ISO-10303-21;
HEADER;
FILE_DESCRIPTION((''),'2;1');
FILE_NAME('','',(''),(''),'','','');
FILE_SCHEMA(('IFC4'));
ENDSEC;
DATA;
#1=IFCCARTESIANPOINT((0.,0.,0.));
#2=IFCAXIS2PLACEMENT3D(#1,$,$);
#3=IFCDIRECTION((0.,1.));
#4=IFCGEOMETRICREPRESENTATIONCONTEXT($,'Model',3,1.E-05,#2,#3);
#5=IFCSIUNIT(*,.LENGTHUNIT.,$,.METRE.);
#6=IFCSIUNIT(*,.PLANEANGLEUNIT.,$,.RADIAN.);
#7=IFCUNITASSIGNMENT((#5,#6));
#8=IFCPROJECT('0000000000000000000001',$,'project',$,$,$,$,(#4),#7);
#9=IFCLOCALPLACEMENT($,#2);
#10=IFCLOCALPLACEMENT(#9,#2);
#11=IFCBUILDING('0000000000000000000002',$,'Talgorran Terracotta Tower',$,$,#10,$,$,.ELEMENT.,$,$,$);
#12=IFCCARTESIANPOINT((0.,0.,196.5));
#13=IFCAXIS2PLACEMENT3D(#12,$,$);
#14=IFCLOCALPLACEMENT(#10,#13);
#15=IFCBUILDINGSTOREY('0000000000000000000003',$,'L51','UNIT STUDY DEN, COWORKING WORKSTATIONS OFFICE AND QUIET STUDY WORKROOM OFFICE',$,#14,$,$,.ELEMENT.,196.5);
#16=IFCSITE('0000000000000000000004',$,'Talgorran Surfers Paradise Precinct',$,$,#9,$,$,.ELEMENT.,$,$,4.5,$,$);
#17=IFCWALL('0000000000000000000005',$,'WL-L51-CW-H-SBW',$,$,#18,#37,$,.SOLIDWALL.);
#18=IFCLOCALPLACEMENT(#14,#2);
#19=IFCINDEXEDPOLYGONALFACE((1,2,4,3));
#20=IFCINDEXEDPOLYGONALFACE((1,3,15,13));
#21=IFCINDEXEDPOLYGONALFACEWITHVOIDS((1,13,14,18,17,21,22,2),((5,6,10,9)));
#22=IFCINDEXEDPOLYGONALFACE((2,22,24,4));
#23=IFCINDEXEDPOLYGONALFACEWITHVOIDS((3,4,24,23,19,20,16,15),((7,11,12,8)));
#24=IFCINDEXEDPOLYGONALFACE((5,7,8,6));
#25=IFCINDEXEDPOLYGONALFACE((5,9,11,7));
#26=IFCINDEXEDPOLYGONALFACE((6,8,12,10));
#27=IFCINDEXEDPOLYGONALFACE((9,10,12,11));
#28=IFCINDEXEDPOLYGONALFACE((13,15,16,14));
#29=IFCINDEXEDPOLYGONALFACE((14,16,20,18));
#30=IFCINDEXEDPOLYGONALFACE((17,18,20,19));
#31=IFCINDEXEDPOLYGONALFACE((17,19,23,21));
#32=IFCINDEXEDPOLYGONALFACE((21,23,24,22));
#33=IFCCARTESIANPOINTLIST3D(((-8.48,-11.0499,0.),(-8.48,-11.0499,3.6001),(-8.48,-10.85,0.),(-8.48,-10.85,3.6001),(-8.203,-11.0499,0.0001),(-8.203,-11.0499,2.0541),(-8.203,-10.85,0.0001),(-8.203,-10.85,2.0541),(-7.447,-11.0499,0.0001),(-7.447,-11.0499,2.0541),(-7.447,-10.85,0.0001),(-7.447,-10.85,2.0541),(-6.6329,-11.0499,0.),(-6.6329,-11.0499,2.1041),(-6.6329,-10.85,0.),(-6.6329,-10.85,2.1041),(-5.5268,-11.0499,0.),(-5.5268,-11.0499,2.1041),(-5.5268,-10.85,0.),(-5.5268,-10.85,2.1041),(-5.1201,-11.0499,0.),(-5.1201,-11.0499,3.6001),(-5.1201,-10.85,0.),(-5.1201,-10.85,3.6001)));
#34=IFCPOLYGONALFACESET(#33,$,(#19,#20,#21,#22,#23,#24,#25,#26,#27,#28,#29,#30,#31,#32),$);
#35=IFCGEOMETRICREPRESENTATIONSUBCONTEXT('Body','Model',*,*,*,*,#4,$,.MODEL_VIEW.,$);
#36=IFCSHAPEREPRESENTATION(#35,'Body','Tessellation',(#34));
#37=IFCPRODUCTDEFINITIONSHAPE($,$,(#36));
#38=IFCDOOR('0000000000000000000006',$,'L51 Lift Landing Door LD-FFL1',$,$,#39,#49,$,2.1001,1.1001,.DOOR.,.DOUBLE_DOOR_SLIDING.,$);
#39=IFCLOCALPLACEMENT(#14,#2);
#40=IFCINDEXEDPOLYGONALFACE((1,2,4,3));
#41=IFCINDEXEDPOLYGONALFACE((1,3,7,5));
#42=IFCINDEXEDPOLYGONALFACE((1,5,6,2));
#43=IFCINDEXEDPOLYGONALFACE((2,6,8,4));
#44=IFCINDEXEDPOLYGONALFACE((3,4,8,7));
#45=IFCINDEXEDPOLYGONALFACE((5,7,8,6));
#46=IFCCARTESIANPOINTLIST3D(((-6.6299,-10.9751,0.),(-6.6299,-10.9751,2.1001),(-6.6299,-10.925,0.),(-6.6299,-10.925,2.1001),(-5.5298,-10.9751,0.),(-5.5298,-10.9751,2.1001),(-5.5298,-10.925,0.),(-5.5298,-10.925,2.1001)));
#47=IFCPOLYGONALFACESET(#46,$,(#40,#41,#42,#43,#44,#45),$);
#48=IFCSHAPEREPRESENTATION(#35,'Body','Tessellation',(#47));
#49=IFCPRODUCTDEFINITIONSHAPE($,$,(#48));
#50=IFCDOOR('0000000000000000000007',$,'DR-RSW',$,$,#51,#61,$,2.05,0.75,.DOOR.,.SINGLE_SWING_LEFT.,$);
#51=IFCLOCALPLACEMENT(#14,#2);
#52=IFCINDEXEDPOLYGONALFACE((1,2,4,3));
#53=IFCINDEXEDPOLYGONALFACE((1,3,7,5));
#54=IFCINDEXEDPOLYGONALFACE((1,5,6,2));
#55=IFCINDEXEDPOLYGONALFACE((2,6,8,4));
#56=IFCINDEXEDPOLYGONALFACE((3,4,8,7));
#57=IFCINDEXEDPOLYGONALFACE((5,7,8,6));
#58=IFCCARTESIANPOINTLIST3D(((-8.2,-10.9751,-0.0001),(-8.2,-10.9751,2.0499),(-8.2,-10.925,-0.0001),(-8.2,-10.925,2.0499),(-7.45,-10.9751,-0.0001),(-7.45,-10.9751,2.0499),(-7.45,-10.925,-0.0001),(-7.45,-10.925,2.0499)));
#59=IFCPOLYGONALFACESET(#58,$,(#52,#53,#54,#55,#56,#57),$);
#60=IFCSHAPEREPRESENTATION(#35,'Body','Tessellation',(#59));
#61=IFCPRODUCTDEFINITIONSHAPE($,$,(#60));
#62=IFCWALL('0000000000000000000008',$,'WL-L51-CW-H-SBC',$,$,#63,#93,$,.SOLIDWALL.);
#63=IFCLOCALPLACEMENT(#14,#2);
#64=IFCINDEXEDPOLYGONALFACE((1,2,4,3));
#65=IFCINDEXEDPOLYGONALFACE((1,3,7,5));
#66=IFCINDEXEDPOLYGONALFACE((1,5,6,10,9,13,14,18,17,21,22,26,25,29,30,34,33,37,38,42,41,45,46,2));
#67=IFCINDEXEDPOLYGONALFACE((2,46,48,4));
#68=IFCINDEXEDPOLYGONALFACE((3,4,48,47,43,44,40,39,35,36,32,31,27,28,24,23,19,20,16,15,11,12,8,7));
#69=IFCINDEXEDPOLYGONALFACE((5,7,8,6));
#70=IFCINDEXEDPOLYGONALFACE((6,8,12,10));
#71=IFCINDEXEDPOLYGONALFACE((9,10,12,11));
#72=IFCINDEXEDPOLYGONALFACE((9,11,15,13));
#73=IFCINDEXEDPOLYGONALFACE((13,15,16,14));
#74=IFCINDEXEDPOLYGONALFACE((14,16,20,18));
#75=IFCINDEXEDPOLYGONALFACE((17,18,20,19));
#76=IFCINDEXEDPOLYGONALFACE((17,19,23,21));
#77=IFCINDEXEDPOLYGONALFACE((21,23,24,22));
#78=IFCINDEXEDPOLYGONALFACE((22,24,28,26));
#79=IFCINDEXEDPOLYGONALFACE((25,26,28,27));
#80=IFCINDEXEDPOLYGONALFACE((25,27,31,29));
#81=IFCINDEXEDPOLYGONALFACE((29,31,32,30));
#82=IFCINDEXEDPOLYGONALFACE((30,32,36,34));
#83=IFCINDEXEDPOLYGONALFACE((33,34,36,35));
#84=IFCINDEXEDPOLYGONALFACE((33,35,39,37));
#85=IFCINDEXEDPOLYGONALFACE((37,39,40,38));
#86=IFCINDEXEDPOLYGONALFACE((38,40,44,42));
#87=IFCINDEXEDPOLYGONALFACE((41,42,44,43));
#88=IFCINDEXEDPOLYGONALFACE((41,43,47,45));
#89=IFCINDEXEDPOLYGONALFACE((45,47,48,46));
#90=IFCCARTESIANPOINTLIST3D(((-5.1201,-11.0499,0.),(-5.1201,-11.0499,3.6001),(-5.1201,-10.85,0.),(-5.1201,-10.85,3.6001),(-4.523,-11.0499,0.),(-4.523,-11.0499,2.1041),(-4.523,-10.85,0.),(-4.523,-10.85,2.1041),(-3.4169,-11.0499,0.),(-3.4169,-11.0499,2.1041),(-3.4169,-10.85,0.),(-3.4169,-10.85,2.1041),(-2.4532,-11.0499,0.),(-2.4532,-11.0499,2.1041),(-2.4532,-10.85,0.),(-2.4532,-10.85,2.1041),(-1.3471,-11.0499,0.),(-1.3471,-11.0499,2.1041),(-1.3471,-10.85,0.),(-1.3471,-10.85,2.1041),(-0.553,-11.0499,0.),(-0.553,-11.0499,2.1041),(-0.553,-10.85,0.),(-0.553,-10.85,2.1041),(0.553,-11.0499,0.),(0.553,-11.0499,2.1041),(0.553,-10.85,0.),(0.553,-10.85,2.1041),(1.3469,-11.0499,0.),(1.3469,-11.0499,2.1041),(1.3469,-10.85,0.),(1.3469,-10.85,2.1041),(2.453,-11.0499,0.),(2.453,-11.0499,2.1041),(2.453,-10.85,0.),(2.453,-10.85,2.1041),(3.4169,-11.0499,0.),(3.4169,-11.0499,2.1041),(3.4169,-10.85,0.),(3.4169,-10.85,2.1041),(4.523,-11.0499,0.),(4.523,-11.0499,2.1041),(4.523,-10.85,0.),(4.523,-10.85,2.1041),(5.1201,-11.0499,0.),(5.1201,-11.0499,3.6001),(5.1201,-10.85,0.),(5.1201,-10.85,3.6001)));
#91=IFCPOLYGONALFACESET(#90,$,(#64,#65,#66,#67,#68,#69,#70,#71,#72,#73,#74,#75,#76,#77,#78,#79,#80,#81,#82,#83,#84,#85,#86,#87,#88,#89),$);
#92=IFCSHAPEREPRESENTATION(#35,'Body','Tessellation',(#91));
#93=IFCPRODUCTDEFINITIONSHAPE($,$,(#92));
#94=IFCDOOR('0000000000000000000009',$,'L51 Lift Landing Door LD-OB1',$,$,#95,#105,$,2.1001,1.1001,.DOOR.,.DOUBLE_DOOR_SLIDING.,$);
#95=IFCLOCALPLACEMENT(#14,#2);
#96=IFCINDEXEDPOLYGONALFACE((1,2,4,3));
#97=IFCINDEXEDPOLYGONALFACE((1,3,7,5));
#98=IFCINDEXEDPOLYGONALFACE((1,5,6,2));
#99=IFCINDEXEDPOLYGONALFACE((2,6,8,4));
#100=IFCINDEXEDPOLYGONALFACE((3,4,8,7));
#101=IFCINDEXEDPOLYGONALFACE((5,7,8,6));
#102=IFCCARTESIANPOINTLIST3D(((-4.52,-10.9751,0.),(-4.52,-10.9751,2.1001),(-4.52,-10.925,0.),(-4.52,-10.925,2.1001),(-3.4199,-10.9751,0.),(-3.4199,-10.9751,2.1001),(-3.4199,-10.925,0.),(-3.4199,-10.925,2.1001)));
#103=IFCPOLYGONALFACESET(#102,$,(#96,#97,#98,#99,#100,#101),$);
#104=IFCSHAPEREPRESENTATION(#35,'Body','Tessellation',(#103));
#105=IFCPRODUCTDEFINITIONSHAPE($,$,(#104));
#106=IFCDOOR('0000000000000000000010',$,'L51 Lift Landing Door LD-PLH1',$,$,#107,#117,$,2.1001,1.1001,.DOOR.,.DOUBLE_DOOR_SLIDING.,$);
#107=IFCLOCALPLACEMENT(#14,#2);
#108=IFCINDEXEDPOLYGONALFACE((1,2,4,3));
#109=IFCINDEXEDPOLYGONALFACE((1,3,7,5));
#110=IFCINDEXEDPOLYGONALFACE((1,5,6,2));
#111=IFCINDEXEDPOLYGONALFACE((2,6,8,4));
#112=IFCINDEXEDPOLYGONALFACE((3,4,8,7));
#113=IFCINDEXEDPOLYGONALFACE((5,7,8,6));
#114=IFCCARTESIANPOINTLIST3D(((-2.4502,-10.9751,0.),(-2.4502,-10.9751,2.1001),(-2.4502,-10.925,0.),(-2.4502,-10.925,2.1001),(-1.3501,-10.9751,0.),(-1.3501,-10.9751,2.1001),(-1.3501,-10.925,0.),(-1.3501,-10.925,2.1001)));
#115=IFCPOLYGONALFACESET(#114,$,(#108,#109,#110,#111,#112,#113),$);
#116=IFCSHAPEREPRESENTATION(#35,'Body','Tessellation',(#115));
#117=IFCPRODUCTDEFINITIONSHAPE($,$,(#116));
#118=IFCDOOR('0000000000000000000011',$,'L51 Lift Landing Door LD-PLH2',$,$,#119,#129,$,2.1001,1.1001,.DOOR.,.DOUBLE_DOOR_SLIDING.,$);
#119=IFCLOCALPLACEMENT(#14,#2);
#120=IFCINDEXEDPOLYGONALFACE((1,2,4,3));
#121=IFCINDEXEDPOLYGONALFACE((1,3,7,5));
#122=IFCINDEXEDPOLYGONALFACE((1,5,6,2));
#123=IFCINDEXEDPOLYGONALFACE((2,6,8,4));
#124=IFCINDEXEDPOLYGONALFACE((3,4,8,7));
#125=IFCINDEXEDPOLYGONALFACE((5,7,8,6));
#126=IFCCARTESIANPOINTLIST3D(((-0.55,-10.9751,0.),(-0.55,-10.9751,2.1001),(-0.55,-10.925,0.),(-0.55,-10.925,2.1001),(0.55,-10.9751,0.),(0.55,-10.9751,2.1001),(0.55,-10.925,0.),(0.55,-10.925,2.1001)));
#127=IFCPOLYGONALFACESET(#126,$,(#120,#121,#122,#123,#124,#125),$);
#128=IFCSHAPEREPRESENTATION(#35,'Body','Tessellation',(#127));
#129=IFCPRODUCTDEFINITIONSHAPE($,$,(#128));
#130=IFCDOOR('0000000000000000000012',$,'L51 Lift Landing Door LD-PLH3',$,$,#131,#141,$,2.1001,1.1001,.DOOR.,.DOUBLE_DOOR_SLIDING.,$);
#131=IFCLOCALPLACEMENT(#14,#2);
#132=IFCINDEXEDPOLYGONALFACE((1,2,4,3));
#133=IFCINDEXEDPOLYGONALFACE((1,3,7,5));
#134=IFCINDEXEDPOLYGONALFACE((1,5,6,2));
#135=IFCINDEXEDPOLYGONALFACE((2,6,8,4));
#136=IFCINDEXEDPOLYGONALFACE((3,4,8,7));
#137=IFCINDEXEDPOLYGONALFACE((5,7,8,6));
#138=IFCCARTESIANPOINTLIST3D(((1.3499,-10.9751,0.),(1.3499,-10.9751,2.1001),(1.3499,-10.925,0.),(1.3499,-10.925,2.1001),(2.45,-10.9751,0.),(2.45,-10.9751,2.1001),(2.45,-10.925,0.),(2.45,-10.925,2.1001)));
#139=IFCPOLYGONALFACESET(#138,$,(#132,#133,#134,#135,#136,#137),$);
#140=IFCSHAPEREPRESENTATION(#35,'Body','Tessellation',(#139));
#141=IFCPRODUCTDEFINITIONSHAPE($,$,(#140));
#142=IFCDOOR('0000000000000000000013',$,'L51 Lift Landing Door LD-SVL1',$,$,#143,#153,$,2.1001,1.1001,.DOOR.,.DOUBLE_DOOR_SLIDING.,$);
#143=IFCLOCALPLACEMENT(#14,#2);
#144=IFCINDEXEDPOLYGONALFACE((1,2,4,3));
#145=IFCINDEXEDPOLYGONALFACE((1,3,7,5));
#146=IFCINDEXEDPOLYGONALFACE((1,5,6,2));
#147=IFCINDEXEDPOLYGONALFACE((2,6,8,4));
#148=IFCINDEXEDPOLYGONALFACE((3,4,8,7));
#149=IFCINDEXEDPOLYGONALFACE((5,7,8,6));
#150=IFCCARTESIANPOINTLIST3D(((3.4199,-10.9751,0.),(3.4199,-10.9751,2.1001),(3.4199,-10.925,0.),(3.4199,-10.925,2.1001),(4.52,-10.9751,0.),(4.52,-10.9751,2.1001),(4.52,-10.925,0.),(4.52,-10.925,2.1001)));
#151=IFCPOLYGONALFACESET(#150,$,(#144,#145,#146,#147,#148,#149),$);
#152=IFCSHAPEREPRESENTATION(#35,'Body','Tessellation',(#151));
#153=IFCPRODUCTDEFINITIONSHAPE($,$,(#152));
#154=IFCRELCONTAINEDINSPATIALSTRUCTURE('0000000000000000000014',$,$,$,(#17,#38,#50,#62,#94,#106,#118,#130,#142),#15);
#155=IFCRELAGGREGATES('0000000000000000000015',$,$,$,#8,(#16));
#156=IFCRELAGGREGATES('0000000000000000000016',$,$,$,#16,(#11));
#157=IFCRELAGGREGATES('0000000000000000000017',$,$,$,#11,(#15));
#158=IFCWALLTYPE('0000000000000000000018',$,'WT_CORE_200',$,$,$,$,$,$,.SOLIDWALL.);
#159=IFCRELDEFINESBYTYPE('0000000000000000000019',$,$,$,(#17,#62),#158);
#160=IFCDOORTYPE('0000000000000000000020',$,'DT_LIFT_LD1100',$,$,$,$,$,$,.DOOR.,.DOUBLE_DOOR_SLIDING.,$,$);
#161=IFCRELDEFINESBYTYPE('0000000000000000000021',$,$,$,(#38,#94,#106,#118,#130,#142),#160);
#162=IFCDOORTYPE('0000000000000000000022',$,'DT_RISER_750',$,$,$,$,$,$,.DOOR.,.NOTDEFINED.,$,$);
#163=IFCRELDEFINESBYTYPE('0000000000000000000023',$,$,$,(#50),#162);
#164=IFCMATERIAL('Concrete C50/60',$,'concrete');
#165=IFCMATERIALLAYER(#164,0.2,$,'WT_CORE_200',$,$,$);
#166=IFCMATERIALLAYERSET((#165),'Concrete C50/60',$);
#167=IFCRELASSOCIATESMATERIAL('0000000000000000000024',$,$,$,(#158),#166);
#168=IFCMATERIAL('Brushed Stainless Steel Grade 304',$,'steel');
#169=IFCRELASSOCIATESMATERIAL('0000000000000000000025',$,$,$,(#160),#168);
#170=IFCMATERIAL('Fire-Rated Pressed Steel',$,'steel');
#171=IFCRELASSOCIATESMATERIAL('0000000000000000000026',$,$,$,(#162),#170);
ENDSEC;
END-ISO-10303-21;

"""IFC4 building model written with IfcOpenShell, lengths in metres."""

from ifc_helpers import new_model, si_unit, direction, frame, frame_2d, origin, place, context, subcontext, project, spatial, rectangle, extrude, material, layer, layer_set, type_object, element, fill, save


model = new_model("IFC4")

# Units and contexts
model_context = context("Model", 3, precision=1e-05, world=origin(), true_north=direction((0.0, 1.0)))
body_context = subcontext(model_context, "Body", "Model", "MODEL_VIEW")
ifc_project = project(units=[si_unit("LENGTHUNIT", "METRE"), si_unit("PLANEANGLEUNIT", "RADIAN")], contexts=[model_context])

# Site, building, storey
site_placement = place(None, origin())
site = spatial("IfcSite", under=ifc_project, at=site_placement, Name="Talgorran Surfers Paradise Precinct", CompositionType="ELEMENT", RefElevation=4.5)
building_placement = place(site_placement, origin())
building = spatial("IfcBuilding", under=site, at=building_placement, Name="Talgorran Terracotta Tower", CompositionType="ELEMENT")
storey_placement = place(building_placement, frame((0.0, 0.0, 196.5)))
storey = spatial("IfcBuildingStorey", under=building, at=storey_placement, Name="L51", Description="UNIT STUDY DEN, COWORKING WORKSTATIONS OFFICE AND QUIET STUDY WORKROOM OFFICE", CompositionType="ELEMENT", Elevation=196.5)

# Shared definitions
ifc_material_1 = material(Name="Concrete C50/60", Category="concrete")

# Walls, openings, doors
ifc_layer_1 = layer(ifc_material_1, 0.2, Name="WT_CORE_200")
ifc_layer_set_1 = layer_set([ifc_layer_1], Name="Concrete C50/60")
wall_type_1 = type_object("IfcWallType", Name="WT_CORE_200", PredefinedType="SOLIDWALL", material=ifc_layer_set_1)
wall_1_placement = place(storey_placement, frame((-8.48, -10.95, 0.0), z_axis=(0.0, 0.0, 1.0), x_axis=(1.0, 0.0, 0.0)))
wall_1 = element("IfcWall", 1, at=wall_1_placement, inside=storey, type_object=wall_type_1, Name="WL-L51-CW-H-SBW", PredefinedType="SOLIDWALL", context=body_context, shape_type="SweptSolid", body=[
    extrude(rectangle(XDim=3.3599, YDim=0.2, at=frame_2d((1.6799, 0.0))), origin(), (0.0, 0.0, 1.0), 3.6001),
])
opening_1_placement = place(wall_1_placement, frame((0.28, 0.0, 0.0)))
opening_1 = element("IfcOpeningElement", 2, at=opening_1_placement, cuts=wall_1, PredefinedType="OPENING", context=body_context, shape_type="SweptSolid", body=[
    extrude(rectangle(XDim=0.756, YDim=2.054, at=frame_2d((0.375, 1.0271))), frame((0.0, 0.1099, 0.0), z_axis=(0.0, -1.0, 0.0), x_axis=(1.0, 0.0, 0.0)), (0.0, 0.0, 1.0), 0.22),
])
opening_2_placement = place(wall_1_placement, frame((1.8501, 0.0, 0.0)))
opening_2 = element("IfcOpeningElement", 3, at=opening_2_placement, cuts=wall_1, PredefinedType="OPENING", context=body_context, shape_type="SweptSolid", body=[
    extrude(rectangle(XDim=1.1061, YDim=2.1041, at=frame_2d((0.55, 1.052))), frame((0.0, 0.1099, 0.0), z_axis=(0.0, -1.0, 0.0), x_axis=(1.0, 0.0, 0.0)), (0.0, 0.0, 1.0), 0.22),
])
ifc_material_2 = material(Name="Brushed Stainless Steel Grade 304", Category="steel")
door_type_1 = type_object("IfcDoorType", Name="DT_LIFT_LD1100", OperationType="DOUBLE_DOOR_SLIDING", PredefinedType="DOOR", material=ifc_material_2)
door_1_placement = place(opening_2_placement, origin())
door_1 = element("IfcDoor", 4, at=door_1_placement, inside=storey, type_object=door_type_1, Name="L51 Lift Landing Door LD-FFL1", OperationType="DOUBLE_DOOR_SLIDING", OverallHeight=2.1001, OverallWidth=1.1001, PredefinedType="DOOR", context=body_context, shape_type="SweptSolid", body=[
    extrude(rectangle(XDim=1.1001, YDim=2.1001, at=frame_2d((0.55, 1.05))), frame((0.0, 0.0249, 0.0), z_axis=(0.0, -1.0, 0.0), x_axis=(1.0, 0.0, 0.0)), (0.0, 0.0, 1.0), 0.05),
])
fill(opening_2, door_1)
ifc_material_3 = material(Name="Fire-Rated Pressed Steel", Category="steel")
door_type_2 = type_object("IfcDoorType", Name="DT_RISER_750", OperationType="NOTDEFINED", PredefinedType="DOOR", material=ifc_material_3)
door_2_placement = place(opening_1_placement, origin())
door_2 = element("IfcDoor", 5, at=door_2_placement, inside=storey, type_object=door_type_2, Name="DR-RSW", OperationType="SINGLE_SWING_LEFT", OverallHeight=2.05, OverallWidth=0.75, PredefinedType="DOOR", context=body_context, shape_type="SweptSolid", body=[
    extrude(rectangle(XDim=0.75, YDim=2.05, at=frame_2d((0.375, 1.0249))), frame((0.0, 0.0249, 0.0), z_axis=(0.0, -1.0, 0.0), x_axis=(1.0, 0.0, 0.0)), (0.0, 0.0, 1.0), 0.05),
])
fill(opening_1, door_2)
wall_2_placement = place(storey_placement, frame((-5.1201, -10.95, 0.0), z_axis=(0.0, 0.0, 1.0), x_axis=(1.0, 0.0, 0.0)))
wall_2 = element("IfcWall", 6, at=wall_2_placement, inside=storey, type_object=wall_type_1, Name="WL-L51-CW-H-SBC", PredefinedType="SOLIDWALL", context=body_context, shape_type="SweptSolid", body=[
    extrude(rectangle(XDim=10.2402, YDim=0.2, at=frame_2d((5.1201, 0.0))), origin(), (0.0, 0.0, 1.0), 3.6001),
])
opening_3_placement = place(wall_2_placement, frame((0.6001, 0.0, 0.0)))
opening_3 = element("IfcOpeningElement", 7, at=opening_3_placement, cuts=wall_2, PredefinedType="OPENING", context=body_context, shape_type="SweptSolid", body=[
    extrude(rectangle(XDim=1.1061, YDim=2.1041, at=frame_2d((0.55, 1.052))), frame((0.0, 0.1099, 0.0), z_axis=(0.0, -1.0, 0.0), x_axis=(1.0, 0.0, 0.0)), (0.0, 0.0, 1.0), 0.22),
])
opening_4_placement = place(wall_2_placement, frame((2.6699, 0.0, 0.0)))
opening_4 = element("IfcOpeningElement", 8, at=opening_4_placement, cuts=wall_2, PredefinedType="OPENING", context=body_context, shape_type="SweptSolid", body=[
    extrude(rectangle(XDim=1.1061, YDim=2.1041, at=frame_2d((0.55, 1.052))), frame((0.0, 0.1099, 0.0), z_axis=(0.0, -1.0, 0.0), x_axis=(1.0, 0.0, 0.0)), (0.0, 0.0, 1.0), 0.22),
])
opening_5_placement = place(wall_2_placement, frame((4.5701, 0.0, 0.0)))
opening_5 = element("IfcOpeningElement", 9, at=opening_5_placement, cuts=wall_2, PredefinedType="OPENING", context=body_context, shape_type="SweptSolid", body=[
    extrude(rectangle(XDim=1.1061, YDim=2.1041, at=frame_2d((0.55, 1.052))), frame((0.0, 0.1099, 0.0), z_axis=(0.0, -1.0, 0.0), x_axis=(1.0, 0.0, 0.0)), (0.0, 0.0, 1.0), 0.22),
])
opening_6_placement = place(wall_2_placement, frame((6.47, 0.0, 0.0)))
opening_6 = element("IfcOpeningElement", 10, at=opening_6_placement, cuts=wall_2, PredefinedType="OPENING", context=body_context, shape_type="SweptSolid", body=[
    extrude(rectangle(XDim=1.1061, YDim=2.1041, at=frame_2d((0.55, 1.052))), frame((0.0, 0.1099, 0.0), z_axis=(0.0, -1.0, 0.0), x_axis=(1.0, 0.0, 0.0)), (0.0, 0.0, 1.0), 0.22),
])
opening_7_placement = place(wall_2_placement, frame((8.54, 0.0, 0.0)))
opening_7 = element("IfcOpeningElement", 11, at=opening_7_placement, cuts=wall_2, PredefinedType="OPENING", context=body_context, shape_type="SweptSolid", body=[
    extrude(rectangle(XDim=1.1061, YDim=2.1041, at=frame_2d((0.55, 1.052))), frame((0.0, 0.1099, 0.0), z_axis=(0.0, -1.0, 0.0), x_axis=(1.0, 0.0, 0.0)), (0.0, 0.0, 1.0), 0.22),
])
door_3_placement = place(opening_3_placement, origin())
door_3 = element("IfcDoor", 12, at=door_3_placement, inside=storey, type_object=door_type_1, Name="L51 Lift Landing Door LD-OB1", OperationType="DOUBLE_DOOR_SLIDING", OverallHeight=2.1001, OverallWidth=1.1001, PredefinedType="DOOR", context=body_context, shape_type="SweptSolid", body=[
    extrude(rectangle(XDim=1.1001, YDim=2.1001, at=frame_2d((0.55, 1.05))), frame((0.0, 0.0249, 0.0), z_axis=(0.0, -1.0, 0.0), x_axis=(1.0, 0.0, 0.0)), (0.0, 0.0, 1.0), 0.05),
])
fill(opening_3, door_3)
door_4_placement = place(opening_4_placement, origin())
door_4 = element("IfcDoor", 13, at=door_4_placement, inside=storey, type_object=door_type_1, Name="L51 Lift Landing Door LD-PLH1", OperationType="DOUBLE_DOOR_SLIDING", OverallHeight=2.1001, OverallWidth=1.1001, PredefinedType="DOOR", context=body_context, shape_type="SweptSolid", body=[
    extrude(rectangle(XDim=1.1001, YDim=2.1001, at=frame_2d((0.55, 1.05))), frame((0.0, 0.0249, 0.0), z_axis=(0.0, -1.0, 0.0), x_axis=(1.0, 0.0, 0.0)), (0.0, 0.0, 1.0), 0.05),
])
fill(opening_4, door_4)
door_5_placement = place(opening_5_placement, origin())
door_5 = element("IfcDoor", 14, at=door_5_placement, inside=storey, type_object=door_type_1, Name="L51 Lift Landing Door LD-PLH2", OperationType="DOUBLE_DOOR_SLIDING", OverallHeight=2.1001, OverallWidth=1.1001, PredefinedType="DOOR", context=body_context, shape_type="SweptSolid", body=[
    extrude(rectangle(XDim=1.1001, YDim=2.1001, at=frame_2d((0.55, 1.05))), frame((0.0, 0.0249, 0.0), z_axis=(0.0, -1.0, 0.0), x_axis=(1.0, 0.0, 0.0)), (0.0, 0.0, 1.0), 0.05),
])
fill(opening_5, door_5)
door_6_placement = place(opening_6_placement, origin())
door_6 = element("IfcDoor", 15, at=door_6_placement, inside=storey, type_object=door_type_1, Name="L51 Lift Landing Door LD-PLH3", OperationType="DOUBLE_DOOR_SLIDING", OverallHeight=2.1001, OverallWidth=1.1001, PredefinedType="DOOR", context=body_context, shape_type="SweptSolid", body=[
    extrude(rectangle(XDim=1.1001, YDim=2.1001, at=frame_2d((0.55, 1.05))), frame((0.0, 0.0249, 0.0), z_axis=(0.0, -1.0, 0.0), x_axis=(1.0, 0.0, 0.0)), (0.0, 0.0, 1.0), 0.05),
])
fill(opening_6, door_6)
door_7_placement = place(opening_7_placement, origin())
door_7 = element("IfcDoor", 16, at=door_7_placement, inside=storey, type_object=door_type_1, Name="L51 Lift Landing Door LD-SVL1", OperationType="DOUBLE_DOOR_SLIDING", OverallHeight=2.1001, OverallWidth=1.1001, PredefinedType="DOOR", context=body_context, shape_type="SweptSolid", body=[
    extrude(rectangle(XDim=1.1001, YDim=2.1001, at=frame_2d((0.55, 1.05))), frame((0.0, 0.0249, 0.0), z_axis=(0.0, -1.0, 0.0), x_axis=(1.0, 0.0, 0.0)), (0.0, 0.0, 1.0), 0.05),
])
fill(opening_7, door_7)

save(model, "model.ifc")
